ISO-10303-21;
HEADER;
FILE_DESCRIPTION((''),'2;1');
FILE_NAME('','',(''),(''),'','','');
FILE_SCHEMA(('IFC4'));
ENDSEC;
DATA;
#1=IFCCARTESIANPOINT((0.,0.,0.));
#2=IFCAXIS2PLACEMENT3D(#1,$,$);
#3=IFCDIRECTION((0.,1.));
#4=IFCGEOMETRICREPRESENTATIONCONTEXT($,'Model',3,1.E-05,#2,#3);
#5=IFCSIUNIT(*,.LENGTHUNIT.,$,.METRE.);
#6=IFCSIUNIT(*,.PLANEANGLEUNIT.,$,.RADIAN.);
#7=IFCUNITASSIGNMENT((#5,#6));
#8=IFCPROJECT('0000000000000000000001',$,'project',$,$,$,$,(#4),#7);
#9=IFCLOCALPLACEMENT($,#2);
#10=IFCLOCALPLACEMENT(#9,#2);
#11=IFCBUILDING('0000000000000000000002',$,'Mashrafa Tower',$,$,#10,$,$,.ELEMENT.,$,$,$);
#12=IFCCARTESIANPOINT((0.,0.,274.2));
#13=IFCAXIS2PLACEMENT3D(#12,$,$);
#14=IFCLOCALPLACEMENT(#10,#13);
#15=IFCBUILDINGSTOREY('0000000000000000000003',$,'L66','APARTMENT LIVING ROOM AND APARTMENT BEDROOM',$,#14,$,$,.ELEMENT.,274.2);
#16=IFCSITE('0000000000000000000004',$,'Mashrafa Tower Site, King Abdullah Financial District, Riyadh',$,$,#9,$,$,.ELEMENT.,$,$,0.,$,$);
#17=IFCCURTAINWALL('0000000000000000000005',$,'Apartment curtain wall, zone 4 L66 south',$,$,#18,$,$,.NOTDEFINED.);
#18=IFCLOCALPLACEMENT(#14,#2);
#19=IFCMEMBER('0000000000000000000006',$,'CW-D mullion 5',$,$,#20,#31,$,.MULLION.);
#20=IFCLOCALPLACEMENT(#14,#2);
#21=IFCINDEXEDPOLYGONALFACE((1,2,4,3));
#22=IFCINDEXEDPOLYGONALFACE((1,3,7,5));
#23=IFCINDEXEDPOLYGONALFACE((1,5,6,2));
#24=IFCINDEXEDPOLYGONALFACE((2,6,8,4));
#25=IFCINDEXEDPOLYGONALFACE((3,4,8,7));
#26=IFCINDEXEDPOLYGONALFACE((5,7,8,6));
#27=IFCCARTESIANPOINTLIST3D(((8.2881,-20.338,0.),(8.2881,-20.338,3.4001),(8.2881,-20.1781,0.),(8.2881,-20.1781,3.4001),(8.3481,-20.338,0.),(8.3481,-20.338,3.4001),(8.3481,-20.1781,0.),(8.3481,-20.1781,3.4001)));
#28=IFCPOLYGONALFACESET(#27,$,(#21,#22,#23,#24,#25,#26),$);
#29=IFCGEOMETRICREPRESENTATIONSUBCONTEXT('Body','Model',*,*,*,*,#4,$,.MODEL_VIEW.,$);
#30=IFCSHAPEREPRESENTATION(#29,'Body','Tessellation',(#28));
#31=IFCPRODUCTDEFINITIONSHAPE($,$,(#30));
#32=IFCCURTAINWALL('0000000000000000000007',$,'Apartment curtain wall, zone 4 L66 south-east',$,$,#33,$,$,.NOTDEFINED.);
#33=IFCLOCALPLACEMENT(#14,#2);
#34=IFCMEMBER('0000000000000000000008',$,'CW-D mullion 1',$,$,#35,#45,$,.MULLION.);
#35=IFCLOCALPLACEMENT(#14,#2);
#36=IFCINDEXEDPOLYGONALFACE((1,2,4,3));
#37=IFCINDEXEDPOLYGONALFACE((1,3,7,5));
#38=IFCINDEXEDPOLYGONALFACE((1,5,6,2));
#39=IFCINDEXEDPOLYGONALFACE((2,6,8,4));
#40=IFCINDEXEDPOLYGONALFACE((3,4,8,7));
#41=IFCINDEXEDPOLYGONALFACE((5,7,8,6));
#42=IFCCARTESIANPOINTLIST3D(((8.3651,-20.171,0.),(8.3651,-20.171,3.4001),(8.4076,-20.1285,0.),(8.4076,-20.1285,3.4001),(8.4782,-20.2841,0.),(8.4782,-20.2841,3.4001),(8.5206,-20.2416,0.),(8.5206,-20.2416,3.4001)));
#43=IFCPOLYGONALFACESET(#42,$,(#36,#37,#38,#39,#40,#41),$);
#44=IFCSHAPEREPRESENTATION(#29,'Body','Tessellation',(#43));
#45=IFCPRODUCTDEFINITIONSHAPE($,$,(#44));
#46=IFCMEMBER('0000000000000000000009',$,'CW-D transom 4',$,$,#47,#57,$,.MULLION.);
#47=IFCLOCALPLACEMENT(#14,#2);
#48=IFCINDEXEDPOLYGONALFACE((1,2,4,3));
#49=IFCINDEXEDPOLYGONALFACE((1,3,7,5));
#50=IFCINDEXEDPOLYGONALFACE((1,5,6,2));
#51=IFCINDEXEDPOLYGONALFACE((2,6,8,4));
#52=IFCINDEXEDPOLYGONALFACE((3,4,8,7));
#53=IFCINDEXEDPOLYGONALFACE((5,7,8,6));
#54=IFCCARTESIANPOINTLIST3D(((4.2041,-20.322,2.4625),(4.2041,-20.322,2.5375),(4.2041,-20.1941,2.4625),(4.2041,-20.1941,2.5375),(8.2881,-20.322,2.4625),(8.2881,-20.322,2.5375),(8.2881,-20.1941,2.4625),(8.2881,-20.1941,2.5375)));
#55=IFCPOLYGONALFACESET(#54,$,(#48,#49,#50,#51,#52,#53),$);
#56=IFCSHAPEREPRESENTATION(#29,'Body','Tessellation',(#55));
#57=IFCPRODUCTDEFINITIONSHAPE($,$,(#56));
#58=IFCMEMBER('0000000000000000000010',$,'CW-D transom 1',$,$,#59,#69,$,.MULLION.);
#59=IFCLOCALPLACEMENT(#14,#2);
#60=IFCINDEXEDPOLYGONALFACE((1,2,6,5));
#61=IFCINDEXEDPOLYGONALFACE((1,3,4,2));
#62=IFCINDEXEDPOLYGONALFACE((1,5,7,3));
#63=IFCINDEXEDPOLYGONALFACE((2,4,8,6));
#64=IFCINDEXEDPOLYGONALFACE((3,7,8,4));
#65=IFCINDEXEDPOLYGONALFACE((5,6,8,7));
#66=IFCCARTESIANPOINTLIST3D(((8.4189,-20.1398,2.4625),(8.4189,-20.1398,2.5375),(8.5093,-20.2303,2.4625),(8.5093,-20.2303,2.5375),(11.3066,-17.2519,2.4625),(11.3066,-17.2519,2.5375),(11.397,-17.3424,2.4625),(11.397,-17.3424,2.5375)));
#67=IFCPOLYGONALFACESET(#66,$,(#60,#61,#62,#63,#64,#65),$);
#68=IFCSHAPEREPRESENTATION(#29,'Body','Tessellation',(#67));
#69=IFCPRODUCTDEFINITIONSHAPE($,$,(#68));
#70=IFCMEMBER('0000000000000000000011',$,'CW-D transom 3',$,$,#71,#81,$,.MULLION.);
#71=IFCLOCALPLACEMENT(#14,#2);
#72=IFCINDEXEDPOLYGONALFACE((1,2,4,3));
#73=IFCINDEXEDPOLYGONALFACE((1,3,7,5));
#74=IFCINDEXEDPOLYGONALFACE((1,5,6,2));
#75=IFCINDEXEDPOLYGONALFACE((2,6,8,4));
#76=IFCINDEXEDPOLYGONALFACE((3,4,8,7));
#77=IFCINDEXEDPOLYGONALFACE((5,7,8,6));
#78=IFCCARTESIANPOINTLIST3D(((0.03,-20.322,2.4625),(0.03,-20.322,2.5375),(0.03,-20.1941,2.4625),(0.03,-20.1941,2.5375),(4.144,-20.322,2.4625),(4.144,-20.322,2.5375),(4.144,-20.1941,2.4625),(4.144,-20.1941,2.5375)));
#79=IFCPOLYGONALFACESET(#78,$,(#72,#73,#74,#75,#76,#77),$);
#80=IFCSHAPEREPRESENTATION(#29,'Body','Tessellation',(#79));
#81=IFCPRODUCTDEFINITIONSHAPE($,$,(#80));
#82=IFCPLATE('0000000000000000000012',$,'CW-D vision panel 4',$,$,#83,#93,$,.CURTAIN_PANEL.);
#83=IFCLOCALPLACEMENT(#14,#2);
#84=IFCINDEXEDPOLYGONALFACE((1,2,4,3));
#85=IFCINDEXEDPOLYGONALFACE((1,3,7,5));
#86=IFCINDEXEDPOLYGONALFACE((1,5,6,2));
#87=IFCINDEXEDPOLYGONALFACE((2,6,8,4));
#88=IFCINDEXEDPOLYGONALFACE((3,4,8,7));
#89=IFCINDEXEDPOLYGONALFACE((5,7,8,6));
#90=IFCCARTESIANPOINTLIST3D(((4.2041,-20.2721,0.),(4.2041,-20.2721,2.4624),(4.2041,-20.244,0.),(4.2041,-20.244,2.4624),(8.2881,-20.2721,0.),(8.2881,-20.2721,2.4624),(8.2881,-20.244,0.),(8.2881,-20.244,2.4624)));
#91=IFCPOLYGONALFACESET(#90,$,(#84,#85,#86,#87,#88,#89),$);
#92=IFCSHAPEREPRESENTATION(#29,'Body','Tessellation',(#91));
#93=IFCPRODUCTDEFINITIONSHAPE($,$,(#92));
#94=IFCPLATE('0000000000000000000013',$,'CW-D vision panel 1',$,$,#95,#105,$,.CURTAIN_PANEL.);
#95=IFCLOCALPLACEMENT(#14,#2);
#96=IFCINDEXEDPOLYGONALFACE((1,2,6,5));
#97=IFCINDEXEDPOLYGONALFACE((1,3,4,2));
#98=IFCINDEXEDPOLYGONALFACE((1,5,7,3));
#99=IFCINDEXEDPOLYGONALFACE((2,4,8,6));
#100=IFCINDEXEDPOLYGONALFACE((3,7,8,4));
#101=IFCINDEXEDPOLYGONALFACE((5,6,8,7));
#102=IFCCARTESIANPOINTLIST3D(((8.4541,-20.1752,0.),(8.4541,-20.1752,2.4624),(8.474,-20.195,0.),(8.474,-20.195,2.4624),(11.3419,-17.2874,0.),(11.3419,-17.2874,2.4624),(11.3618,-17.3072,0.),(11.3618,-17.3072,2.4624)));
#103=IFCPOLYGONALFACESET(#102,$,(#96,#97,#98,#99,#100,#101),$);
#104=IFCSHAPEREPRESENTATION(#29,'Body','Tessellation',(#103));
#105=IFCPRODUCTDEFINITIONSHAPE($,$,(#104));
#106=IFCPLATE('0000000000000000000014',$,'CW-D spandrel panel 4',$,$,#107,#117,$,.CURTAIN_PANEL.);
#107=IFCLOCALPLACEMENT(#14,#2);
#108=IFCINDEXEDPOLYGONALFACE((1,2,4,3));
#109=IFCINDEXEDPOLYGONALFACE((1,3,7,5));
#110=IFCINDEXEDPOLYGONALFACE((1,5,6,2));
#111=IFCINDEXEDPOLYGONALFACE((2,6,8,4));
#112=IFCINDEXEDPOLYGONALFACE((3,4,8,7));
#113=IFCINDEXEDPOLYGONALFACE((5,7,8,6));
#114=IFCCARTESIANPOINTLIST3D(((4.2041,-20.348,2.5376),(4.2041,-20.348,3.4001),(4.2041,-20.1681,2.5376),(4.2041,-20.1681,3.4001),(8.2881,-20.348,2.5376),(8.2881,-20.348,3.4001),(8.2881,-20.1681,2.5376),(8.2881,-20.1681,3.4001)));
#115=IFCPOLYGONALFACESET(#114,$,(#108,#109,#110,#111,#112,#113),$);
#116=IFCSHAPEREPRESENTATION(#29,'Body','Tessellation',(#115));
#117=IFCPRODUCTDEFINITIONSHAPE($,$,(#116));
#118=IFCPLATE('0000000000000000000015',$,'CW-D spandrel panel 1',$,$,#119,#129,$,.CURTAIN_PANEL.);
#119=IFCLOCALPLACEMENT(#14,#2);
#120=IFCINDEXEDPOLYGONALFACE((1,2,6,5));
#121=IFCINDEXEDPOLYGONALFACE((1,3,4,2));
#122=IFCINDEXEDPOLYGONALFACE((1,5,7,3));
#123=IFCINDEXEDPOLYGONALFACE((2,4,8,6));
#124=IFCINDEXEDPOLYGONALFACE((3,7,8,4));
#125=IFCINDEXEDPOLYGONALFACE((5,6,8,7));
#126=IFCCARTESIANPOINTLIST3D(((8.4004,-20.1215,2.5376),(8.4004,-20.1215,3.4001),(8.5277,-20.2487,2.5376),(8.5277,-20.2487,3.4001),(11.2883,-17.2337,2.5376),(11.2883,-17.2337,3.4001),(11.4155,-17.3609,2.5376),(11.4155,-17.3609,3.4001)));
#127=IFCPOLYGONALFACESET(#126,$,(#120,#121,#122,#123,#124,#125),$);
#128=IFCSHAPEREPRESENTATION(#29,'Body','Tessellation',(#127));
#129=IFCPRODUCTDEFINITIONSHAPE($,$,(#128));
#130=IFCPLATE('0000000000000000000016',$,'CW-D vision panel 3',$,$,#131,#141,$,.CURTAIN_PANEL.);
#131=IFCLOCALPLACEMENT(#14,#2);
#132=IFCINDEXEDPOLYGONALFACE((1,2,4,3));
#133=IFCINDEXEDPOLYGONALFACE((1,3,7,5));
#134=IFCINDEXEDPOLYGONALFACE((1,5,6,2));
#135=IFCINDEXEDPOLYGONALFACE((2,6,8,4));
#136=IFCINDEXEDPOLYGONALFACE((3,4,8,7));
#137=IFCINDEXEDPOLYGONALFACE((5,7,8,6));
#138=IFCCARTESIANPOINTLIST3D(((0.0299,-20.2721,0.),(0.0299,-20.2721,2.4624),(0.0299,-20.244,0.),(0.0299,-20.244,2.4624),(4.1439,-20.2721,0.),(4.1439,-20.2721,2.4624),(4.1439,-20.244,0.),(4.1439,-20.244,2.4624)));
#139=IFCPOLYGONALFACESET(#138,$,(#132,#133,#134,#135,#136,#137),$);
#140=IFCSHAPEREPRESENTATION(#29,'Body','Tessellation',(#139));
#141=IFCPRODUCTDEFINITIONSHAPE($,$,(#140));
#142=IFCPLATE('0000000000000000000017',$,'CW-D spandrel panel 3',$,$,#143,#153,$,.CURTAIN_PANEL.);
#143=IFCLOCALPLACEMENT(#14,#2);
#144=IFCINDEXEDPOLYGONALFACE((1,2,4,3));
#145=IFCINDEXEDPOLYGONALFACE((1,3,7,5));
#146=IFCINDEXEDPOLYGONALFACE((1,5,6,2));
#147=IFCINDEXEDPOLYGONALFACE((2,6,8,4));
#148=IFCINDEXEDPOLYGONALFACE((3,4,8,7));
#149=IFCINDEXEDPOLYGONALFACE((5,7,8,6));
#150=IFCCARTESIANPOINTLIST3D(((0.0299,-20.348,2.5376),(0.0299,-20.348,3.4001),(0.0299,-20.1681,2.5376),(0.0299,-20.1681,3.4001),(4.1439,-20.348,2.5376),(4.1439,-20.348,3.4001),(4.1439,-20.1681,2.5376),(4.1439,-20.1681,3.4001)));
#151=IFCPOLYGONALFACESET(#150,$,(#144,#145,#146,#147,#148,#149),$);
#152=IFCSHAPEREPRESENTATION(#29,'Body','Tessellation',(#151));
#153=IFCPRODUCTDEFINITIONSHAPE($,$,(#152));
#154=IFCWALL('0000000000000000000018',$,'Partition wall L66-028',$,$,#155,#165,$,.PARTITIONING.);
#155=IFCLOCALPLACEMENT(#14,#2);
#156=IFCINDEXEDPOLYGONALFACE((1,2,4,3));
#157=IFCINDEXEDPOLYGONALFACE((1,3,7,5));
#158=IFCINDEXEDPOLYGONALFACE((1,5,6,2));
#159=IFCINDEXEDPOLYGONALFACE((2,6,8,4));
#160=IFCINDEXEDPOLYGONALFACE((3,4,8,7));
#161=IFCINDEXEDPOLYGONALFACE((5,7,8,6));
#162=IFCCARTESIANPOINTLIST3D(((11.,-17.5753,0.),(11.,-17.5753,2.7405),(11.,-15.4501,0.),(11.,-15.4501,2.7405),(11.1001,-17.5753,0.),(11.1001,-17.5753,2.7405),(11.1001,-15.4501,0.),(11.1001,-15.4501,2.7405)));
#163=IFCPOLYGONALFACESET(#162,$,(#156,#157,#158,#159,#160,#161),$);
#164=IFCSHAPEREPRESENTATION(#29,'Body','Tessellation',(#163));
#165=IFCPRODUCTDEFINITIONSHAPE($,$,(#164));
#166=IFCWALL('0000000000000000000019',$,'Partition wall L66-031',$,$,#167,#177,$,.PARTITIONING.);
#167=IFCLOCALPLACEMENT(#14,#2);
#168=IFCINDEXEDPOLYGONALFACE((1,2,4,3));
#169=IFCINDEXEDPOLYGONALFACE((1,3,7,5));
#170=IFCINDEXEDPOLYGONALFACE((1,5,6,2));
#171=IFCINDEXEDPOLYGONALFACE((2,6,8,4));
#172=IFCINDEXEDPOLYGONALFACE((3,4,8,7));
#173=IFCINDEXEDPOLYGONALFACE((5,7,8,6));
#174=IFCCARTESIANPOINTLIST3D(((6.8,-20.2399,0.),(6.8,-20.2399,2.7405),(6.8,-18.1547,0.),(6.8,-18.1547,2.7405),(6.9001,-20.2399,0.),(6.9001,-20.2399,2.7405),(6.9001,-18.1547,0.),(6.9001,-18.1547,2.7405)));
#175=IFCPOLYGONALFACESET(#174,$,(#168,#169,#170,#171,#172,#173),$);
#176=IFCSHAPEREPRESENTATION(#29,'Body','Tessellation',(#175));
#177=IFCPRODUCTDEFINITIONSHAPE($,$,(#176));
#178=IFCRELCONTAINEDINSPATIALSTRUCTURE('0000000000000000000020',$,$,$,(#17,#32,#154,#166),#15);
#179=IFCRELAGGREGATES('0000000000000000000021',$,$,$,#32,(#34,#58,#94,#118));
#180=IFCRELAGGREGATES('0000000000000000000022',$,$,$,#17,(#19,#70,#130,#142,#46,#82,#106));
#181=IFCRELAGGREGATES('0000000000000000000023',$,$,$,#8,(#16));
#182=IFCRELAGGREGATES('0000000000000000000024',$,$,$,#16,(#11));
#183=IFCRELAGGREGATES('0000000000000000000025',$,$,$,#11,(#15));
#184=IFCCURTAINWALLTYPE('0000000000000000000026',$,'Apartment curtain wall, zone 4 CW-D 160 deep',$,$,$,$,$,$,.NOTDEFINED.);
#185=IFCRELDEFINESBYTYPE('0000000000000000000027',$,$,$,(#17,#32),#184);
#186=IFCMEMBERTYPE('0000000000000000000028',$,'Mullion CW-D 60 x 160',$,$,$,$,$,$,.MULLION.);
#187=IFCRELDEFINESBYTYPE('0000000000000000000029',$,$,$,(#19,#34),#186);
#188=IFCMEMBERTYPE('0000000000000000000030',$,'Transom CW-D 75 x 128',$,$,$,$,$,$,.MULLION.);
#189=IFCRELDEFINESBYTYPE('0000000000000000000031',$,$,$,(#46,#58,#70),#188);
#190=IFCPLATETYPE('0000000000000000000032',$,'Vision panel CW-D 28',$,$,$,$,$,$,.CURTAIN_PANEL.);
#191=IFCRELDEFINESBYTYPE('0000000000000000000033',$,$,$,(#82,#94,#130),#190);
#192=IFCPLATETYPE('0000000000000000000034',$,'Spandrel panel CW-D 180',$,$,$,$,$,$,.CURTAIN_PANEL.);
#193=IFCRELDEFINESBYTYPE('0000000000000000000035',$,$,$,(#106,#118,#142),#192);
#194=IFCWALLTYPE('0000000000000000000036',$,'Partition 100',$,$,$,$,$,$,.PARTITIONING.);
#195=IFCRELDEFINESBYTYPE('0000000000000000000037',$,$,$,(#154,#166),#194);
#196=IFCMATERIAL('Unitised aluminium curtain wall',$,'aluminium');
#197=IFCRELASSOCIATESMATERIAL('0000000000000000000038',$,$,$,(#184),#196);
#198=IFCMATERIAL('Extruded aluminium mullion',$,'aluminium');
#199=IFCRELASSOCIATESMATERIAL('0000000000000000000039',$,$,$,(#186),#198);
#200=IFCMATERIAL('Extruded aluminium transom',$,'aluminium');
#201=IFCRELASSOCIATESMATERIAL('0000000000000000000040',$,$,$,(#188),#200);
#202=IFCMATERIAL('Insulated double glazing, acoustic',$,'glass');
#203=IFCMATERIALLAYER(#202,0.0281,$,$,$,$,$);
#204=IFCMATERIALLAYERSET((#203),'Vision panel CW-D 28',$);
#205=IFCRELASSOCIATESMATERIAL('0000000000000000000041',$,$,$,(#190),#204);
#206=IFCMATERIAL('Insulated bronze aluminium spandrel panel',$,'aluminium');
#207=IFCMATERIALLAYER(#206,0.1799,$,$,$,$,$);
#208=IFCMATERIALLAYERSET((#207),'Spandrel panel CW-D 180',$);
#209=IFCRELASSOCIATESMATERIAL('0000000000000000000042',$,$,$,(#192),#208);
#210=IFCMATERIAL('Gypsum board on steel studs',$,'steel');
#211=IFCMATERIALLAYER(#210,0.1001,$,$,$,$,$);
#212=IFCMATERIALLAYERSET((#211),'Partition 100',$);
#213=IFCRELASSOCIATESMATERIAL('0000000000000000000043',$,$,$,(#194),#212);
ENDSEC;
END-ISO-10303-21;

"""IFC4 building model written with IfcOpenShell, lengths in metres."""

from ifc_helpers import new_model, si_unit, direction, frame, frame_2d, origin, origin_2d, place, context, subcontext, project, spatial, rectangle, extrude, source, transform, mapped, material, layer, layer_set, material_profile, profile_set, type_object, type_shapes, element, aggregate, save


model = new_model("IFC4")

# Units and contexts
model_context = context("Model", 3, precision=1e-05, world=origin(), true_north=direction((0.0, 1.0)))
body_context = subcontext(model_context, "Body", "Model", "MODEL_VIEW")
ifc_project = project(units=[si_unit("LENGTHUNIT", "METRE"), si_unit("PLANEANGLEUNIT", "RADIAN")], contexts=[model_context])

# Site, building, storey
site_placement = place(None, origin())
site = spatial("IfcSite", under=ifc_project, at=site_placement, Name="Mashrafa Tower Site, King Abdullah Financial District, Riyadh", CompositionType="ELEMENT", RefElevation=0.0)
building_placement = place(site_placement, origin())
building = spatial("IfcBuilding", under=site, at=building_placement, Name="Mashrafa Tower", CompositionType="ELEMENT")
storey_placement = place(building_placement, frame((0.0, 0.0, 274.2)))
storey = spatial("IfcBuildingStorey", under=building, at=storey_placement, Name="L66", Description="APARTMENT LIVING ROOM AND APARTMENT BEDROOM", CompositionType="ELEMENT", Elevation=274.2)

# Curtain wall, member
ifc_material_1 = material(Name="Unitised aluminium curtain wall", Category="aluminium")
curtain_wall_type = type_object("IfcCurtainWallType", Name="Apartment curtain wall, zone 4 CW-D 160 deep", PredefinedType="NOTDEFINED", material=ifc_material_1)
curtain_wall_1_placement = place(storey_placement, origin())
curtain_wall_1 = element("IfcCurtainWall", 1, at=curtain_wall_1_placement, inside=storey, type_object=curtain_wall_type, Name="Apartment curtain wall, zone 4 L66 south", PredefinedType="NOTDEFINED")
ifc_material_2 = material(Name="Extruded aluminium mullion", Category="aluminium")
ifc_material_profile_1 = material_profile(ifc_material_2, rectangle(XDim=0.1599, YDim=0.0601, at=origin_2d()), Name="Mullion 60x160")
ifc_profile_set_1 = profile_set([ifc_material_profile_1], Name="Extruded aluminium mullion")
member_type_1 = type_object("IfcMemberType", Name="Mullion CW-D 60 x 160", PredefinedType="MULLION", material=ifc_profile_set_1)
shared_shape_1 = source(origin(), body_context, "Body", "SweptSolid", [
    extrude(rectangle(XDim=0.1599, YDim=0.0601, at=origin_2d()), origin(), (0.0, 0.0, 1.0), 3.4001),
])
type_shapes(member_type_1, [shared_shape_1])
member_1_placement = place(storey_placement, frame((8.3181, -20.2581, 0.0), z_axis=(0.0, 0.0, 1.0), x_axis=(0.0, 1.0, 0.0)))
member_1 = element("IfcMember", 2, at=member_1_placement, type_object=member_type_1, Name="CW-D mullion 5", PredefinedType="MULLION", context=body_context, shape_type="MappedRepresentation", body=[
    mapped(shared_shape_1, transform((0.0, 0.0, 0.0))),
])

# Curtain wall, member
curtain_wall_2_placement = place(storey_placement, origin())
curtain_wall_2 = element("IfcCurtainWall", 3, at=curtain_wall_2_placement, inside=storey, type_object=curtain_wall_type, Name="Apartment curtain wall, zone 4 L66 south-east", PredefinedType="NOTDEFINED")
member_2_placement = place(storey_placement, frame((8.4429, -20.2063, 0.0), z_axis=(0.0, 0.0, 1.0), x_axis=(-0.707107, 0.707107, 0.0)))
member_2 = element("IfcMember", 4, at=member_2_placement, type_object=member_type_1, Name="CW-D mullion 1", PredefinedType="MULLION", context=body_context, shape_type="MappedRepresentation", body=[
    mapped(shared_shape_1, transform((0.0, 0.0, 0.0))),
])

# Members
ifc_material_3 = material(Name="Extruded aluminium transom", Category="aluminium")
ifc_material_profile_2 = material_profile(ifc_material_3, rectangle(XDim=0.1279, YDim=0.075, at=origin_2d()), Name="Transom 75x128")
ifc_profile_set_2 = profile_set([ifc_material_profile_2], Name="Extruded aluminium transom")
member_type_2 = type_object("IfcMemberType", Name="Transom CW-D 75 x 128", PredefinedType="MULLION", material=ifc_profile_set_2)
shared_shape_2 = source(origin(), body_context, "Body", "SweptSolid", [
    extrude(rectangle(XDim=0.1279, YDim=0.075, at=origin_2d()), origin(), (0.0, 0.0, 1.0), 4.084),
])
member_3_placement = place(storey_placement, frame((4.2041, -20.2581, 2.5), z_axis=(1.0, 0.0, 0.0), x_axis=(0.0, 1.0, 0.0)))
member_3 = element("IfcMember", 5, at=member_3_placement, type_object=member_type_2, Name="CW-D transom 4", PredefinedType="MULLION", context=body_context, shape_type="MappedRepresentation", body=[
    mapped(shared_shape_2, transform((0.0, 0.0, 0.0))),
])
member_4_placement = place(storey_placement, frame((8.4641, -20.1851, 2.5), z_axis=(0.707077, 0.707137, 0.0), x_axis=(-0.707137, 0.707077, 0.0)))
member_4 = element("IfcMember", 6, at=member_4_placement, type_object=member_type_2, Name="CW-D transom 1", PredefinedType="MULLION", context=body_context, shape_type="MappedRepresentation", body=[
    mapped(shared_shape_2, transform((0.0, 0.0, 0.0))),
])
shared_shape_3 = source(origin(), body_context, "Body", "SweptSolid", [
    extrude(rectangle(XDim=0.1279, YDim=0.075, at=origin_2d()), origin(), (0.0, 0.0, 1.0), 4.114),
])
type_shapes(member_type_2, [shared_shape_2, shared_shape_3])
member_5_placement = place(storey_placement, frame((0.03, -20.2581, 2.5), z_axis=(1.0, 0.0, 0.0), x_axis=(0.0, 1.0, 0.0)))
member_5 = element("IfcMember", 7, at=member_5_placement, type_object=member_type_2, Name="CW-D transom 3", PredefinedType="MULLION", context=body_context, shape_type="MappedRepresentation", body=[
    mapped(shared_shape_3, transform((0.0, 0.0, 0.0))),
])

# Plates
ifc_material_4 = material(Name="Insulated double glazing, acoustic", Category="glass")
ifc_layer_1 = layer(ifc_material_4, 0.0281)
ifc_layer_set_1 = layer_set([ifc_layer_1], Name="Vision panel CW-D 28")
plate_type_1 = type_object("IfcPlateType", Name="Vision panel CW-D 28", PredefinedType="CURTAIN_PANEL", material=ifc_layer_set_1)
shared_shape_4 = source(origin(), body_context, "Body", "SweptSolid", [
    extrude(rectangle(XDim=4.084, YDim=0.0281, at=origin_2d()), origin(), (0.0, 0.0, 1.0), 2.4624),
])
plate_1_placement = place(storey_placement, frame((6.2461, -20.2581, 0.0), z_axis=(0.0, 0.0, 1.0), x_axis=(1.0, 0.0, 0.0)))
plate_1 = element("IfcPlate", 8, at=plate_1_placement, type_object=plate_type_1, Name="CW-D vision panel 4", PredefinedType="CURTAIN_PANEL", context=body_context, shape_type="MappedRepresentation", body=[
    mapped(shared_shape_4, transform((0.0, 0.0, 0.0))),
])
plate_2_placement = place(storey_placement, frame((9.908, -18.7412, 0.0), z_axis=(0.0, 0.0, 1.0), x_axis=(0.707107, 0.707107, 0.0)))
plate_2 = element("IfcPlate", 9, at=plate_2_placement, type_object=plate_type_1, Name="CW-D vision panel 1", PredefinedType="CURTAIN_PANEL", context=body_context, shape_type="MappedRepresentation", body=[
    mapped(shared_shape_4, transform((0.0, 0.0, 0.0))),
])
ifc_material_5 = material(Name="Insulated bronze aluminium spandrel panel", Category="aluminium")
ifc_layer_2 = layer(ifc_material_5, 0.1799)
ifc_layer_set_2 = layer_set([ifc_layer_2], Name="Spandrel panel CW-D 180")
plate_type_2 = type_object("IfcPlateType", Name="Spandrel panel CW-D 180", PredefinedType="CURTAIN_PANEL", material=ifc_layer_set_2)
shared_shape_5 = source(origin(), body_context, "Body", "SweptSolid", [
    extrude(rectangle(XDim=4.084, YDim=0.1799, at=origin_2d()), origin(), (0.0, 0.0, 1.0), 0.8625),
])
plate_3_placement = place(storey_placement, frame((6.2461, -20.2581, 2.5376), z_axis=(0.0, 0.0, 1.0), x_axis=(1.0, 0.0, 0.0)))
plate_3 = element("IfcPlate", 10, at=plate_3_placement, type_object=plate_type_2, Name="CW-D spandrel panel 4", PredefinedType="CURTAIN_PANEL", context=body_context, shape_type="MappedRepresentation", body=[
    mapped(shared_shape_5, transform((0.0, 0.0, 0.0))),
])
plate_4_placement = place(storey_placement, frame((9.908, -18.7412, 2.5376), z_axis=(0.0, 0.0, 1.0), x_axis=(0.707107, 0.707107, 0.0)))
plate_4 = element("IfcPlate", 11, at=plate_4_placement, type_object=plate_type_2, Name="CW-D spandrel panel 1", PredefinedType="CURTAIN_PANEL", context=body_context, shape_type="MappedRepresentation", body=[
    mapped(shared_shape_5, transform((0.0, 0.0, 0.0))),
])
aggregate(curtain_wall_2, [member_2, member_4, plate_2, plate_4])
shared_shape_6 = source(origin(), body_context, "Body", "SweptSolid", [
    extrude(rectangle(XDim=4.114, YDim=0.0281, at=origin_2d()), origin(), (0.0, 0.0, 1.0), 2.4624),
])
type_shapes(plate_type_1, [shared_shape_4, shared_shape_6])
plate_5_placement = place(storey_placement, frame((2.0869, -20.2581, 0.0), z_axis=(0.0, 0.0, 1.0), x_axis=(1.0, 0.0, 0.0)))
plate_5 = element("IfcPlate", 12, at=plate_5_placement, type_object=plate_type_1, Name="CW-D vision panel 3", PredefinedType="CURTAIN_PANEL", context=body_context, shape_type="MappedRepresentation", body=[
    mapped(shared_shape_6, transform((0.0, 0.0, 0.0))),
])
shared_shape_7 = source(origin(), body_context, "Body", "SweptSolid", [
    extrude(rectangle(XDim=4.114, YDim=0.1799, at=origin_2d()), origin(), (0.0, 0.0, 1.0), 0.8625),
])
type_shapes(plate_type_2, [shared_shape_5, shared_shape_7])
plate_6_placement = place(storey_placement, frame((2.0869, -20.2581, 2.5376), z_axis=(0.0, 0.0, 1.0), x_axis=(1.0, 0.0, 0.0)))
plate_6 = element("IfcPlate", 13, at=plate_6_placement, type_object=plate_type_2, Name="CW-D spandrel panel 3", PredefinedType="CURTAIN_PANEL", context=body_context, shape_type="MappedRepresentation", body=[
    mapped(shared_shape_7, transform((0.0, 0.0, 0.0))),
])
aggregate(curtain_wall_1, [member_1, member_5, plate_5, plate_6, member_3, plate_1, plate_3])

# Walls
ifc_material_6 = material(Name="Gypsum board on steel studs", Category="steel")
ifc_layer_3 = layer(ifc_material_6, 0.1001)
ifc_layer_set_3 = layer_set([ifc_layer_3], Name="Partition 100")
wall_type = type_object("IfcWallType", Name="Partition 100", PredefinedType="PARTITIONING", material=ifc_layer_set_3)
wall_1_placement = place(storey_placement, frame((11.05, -17.5752, 0.0), z_axis=(0.0, 0.0, 1.0), x_axis=(0.0, 1.0, 0.0)))
element("IfcWall", 14, at=wall_1_placement, inside=storey, type_object=wall_type, Name="Partition wall L66-028", PredefinedType="PARTITIONING", context=body_context, shape_type="SweptSolid", body=[
    extrude(rectangle(XDim=2.1252, YDim=0.1001, at=frame_2d((1.0625, 0.0))), origin(), (0.0, 0.0, 1.0), 2.7405),
])
wall_2_placement = place(storey_placement, frame((6.8501, -18.1548, 0.0), z_axis=(0.0, 0.0, 1.0), x_axis=(0.0, -1.0, 0.0)))
element("IfcWall", 15, at=wall_2_placement, inside=storey, type_object=wall_type, Name="Partition wall L66-031", PredefinedType="PARTITIONING", context=body_context, shape_type="SweptSolid", body=[
    extrude(rectangle(XDim=2.0852, YDim=0.1001, at=frame_2d((1.0425, 0.0))), origin(), (0.0, 0.0, 1.0), 2.7405),
])

save(model, "model.ifc")
